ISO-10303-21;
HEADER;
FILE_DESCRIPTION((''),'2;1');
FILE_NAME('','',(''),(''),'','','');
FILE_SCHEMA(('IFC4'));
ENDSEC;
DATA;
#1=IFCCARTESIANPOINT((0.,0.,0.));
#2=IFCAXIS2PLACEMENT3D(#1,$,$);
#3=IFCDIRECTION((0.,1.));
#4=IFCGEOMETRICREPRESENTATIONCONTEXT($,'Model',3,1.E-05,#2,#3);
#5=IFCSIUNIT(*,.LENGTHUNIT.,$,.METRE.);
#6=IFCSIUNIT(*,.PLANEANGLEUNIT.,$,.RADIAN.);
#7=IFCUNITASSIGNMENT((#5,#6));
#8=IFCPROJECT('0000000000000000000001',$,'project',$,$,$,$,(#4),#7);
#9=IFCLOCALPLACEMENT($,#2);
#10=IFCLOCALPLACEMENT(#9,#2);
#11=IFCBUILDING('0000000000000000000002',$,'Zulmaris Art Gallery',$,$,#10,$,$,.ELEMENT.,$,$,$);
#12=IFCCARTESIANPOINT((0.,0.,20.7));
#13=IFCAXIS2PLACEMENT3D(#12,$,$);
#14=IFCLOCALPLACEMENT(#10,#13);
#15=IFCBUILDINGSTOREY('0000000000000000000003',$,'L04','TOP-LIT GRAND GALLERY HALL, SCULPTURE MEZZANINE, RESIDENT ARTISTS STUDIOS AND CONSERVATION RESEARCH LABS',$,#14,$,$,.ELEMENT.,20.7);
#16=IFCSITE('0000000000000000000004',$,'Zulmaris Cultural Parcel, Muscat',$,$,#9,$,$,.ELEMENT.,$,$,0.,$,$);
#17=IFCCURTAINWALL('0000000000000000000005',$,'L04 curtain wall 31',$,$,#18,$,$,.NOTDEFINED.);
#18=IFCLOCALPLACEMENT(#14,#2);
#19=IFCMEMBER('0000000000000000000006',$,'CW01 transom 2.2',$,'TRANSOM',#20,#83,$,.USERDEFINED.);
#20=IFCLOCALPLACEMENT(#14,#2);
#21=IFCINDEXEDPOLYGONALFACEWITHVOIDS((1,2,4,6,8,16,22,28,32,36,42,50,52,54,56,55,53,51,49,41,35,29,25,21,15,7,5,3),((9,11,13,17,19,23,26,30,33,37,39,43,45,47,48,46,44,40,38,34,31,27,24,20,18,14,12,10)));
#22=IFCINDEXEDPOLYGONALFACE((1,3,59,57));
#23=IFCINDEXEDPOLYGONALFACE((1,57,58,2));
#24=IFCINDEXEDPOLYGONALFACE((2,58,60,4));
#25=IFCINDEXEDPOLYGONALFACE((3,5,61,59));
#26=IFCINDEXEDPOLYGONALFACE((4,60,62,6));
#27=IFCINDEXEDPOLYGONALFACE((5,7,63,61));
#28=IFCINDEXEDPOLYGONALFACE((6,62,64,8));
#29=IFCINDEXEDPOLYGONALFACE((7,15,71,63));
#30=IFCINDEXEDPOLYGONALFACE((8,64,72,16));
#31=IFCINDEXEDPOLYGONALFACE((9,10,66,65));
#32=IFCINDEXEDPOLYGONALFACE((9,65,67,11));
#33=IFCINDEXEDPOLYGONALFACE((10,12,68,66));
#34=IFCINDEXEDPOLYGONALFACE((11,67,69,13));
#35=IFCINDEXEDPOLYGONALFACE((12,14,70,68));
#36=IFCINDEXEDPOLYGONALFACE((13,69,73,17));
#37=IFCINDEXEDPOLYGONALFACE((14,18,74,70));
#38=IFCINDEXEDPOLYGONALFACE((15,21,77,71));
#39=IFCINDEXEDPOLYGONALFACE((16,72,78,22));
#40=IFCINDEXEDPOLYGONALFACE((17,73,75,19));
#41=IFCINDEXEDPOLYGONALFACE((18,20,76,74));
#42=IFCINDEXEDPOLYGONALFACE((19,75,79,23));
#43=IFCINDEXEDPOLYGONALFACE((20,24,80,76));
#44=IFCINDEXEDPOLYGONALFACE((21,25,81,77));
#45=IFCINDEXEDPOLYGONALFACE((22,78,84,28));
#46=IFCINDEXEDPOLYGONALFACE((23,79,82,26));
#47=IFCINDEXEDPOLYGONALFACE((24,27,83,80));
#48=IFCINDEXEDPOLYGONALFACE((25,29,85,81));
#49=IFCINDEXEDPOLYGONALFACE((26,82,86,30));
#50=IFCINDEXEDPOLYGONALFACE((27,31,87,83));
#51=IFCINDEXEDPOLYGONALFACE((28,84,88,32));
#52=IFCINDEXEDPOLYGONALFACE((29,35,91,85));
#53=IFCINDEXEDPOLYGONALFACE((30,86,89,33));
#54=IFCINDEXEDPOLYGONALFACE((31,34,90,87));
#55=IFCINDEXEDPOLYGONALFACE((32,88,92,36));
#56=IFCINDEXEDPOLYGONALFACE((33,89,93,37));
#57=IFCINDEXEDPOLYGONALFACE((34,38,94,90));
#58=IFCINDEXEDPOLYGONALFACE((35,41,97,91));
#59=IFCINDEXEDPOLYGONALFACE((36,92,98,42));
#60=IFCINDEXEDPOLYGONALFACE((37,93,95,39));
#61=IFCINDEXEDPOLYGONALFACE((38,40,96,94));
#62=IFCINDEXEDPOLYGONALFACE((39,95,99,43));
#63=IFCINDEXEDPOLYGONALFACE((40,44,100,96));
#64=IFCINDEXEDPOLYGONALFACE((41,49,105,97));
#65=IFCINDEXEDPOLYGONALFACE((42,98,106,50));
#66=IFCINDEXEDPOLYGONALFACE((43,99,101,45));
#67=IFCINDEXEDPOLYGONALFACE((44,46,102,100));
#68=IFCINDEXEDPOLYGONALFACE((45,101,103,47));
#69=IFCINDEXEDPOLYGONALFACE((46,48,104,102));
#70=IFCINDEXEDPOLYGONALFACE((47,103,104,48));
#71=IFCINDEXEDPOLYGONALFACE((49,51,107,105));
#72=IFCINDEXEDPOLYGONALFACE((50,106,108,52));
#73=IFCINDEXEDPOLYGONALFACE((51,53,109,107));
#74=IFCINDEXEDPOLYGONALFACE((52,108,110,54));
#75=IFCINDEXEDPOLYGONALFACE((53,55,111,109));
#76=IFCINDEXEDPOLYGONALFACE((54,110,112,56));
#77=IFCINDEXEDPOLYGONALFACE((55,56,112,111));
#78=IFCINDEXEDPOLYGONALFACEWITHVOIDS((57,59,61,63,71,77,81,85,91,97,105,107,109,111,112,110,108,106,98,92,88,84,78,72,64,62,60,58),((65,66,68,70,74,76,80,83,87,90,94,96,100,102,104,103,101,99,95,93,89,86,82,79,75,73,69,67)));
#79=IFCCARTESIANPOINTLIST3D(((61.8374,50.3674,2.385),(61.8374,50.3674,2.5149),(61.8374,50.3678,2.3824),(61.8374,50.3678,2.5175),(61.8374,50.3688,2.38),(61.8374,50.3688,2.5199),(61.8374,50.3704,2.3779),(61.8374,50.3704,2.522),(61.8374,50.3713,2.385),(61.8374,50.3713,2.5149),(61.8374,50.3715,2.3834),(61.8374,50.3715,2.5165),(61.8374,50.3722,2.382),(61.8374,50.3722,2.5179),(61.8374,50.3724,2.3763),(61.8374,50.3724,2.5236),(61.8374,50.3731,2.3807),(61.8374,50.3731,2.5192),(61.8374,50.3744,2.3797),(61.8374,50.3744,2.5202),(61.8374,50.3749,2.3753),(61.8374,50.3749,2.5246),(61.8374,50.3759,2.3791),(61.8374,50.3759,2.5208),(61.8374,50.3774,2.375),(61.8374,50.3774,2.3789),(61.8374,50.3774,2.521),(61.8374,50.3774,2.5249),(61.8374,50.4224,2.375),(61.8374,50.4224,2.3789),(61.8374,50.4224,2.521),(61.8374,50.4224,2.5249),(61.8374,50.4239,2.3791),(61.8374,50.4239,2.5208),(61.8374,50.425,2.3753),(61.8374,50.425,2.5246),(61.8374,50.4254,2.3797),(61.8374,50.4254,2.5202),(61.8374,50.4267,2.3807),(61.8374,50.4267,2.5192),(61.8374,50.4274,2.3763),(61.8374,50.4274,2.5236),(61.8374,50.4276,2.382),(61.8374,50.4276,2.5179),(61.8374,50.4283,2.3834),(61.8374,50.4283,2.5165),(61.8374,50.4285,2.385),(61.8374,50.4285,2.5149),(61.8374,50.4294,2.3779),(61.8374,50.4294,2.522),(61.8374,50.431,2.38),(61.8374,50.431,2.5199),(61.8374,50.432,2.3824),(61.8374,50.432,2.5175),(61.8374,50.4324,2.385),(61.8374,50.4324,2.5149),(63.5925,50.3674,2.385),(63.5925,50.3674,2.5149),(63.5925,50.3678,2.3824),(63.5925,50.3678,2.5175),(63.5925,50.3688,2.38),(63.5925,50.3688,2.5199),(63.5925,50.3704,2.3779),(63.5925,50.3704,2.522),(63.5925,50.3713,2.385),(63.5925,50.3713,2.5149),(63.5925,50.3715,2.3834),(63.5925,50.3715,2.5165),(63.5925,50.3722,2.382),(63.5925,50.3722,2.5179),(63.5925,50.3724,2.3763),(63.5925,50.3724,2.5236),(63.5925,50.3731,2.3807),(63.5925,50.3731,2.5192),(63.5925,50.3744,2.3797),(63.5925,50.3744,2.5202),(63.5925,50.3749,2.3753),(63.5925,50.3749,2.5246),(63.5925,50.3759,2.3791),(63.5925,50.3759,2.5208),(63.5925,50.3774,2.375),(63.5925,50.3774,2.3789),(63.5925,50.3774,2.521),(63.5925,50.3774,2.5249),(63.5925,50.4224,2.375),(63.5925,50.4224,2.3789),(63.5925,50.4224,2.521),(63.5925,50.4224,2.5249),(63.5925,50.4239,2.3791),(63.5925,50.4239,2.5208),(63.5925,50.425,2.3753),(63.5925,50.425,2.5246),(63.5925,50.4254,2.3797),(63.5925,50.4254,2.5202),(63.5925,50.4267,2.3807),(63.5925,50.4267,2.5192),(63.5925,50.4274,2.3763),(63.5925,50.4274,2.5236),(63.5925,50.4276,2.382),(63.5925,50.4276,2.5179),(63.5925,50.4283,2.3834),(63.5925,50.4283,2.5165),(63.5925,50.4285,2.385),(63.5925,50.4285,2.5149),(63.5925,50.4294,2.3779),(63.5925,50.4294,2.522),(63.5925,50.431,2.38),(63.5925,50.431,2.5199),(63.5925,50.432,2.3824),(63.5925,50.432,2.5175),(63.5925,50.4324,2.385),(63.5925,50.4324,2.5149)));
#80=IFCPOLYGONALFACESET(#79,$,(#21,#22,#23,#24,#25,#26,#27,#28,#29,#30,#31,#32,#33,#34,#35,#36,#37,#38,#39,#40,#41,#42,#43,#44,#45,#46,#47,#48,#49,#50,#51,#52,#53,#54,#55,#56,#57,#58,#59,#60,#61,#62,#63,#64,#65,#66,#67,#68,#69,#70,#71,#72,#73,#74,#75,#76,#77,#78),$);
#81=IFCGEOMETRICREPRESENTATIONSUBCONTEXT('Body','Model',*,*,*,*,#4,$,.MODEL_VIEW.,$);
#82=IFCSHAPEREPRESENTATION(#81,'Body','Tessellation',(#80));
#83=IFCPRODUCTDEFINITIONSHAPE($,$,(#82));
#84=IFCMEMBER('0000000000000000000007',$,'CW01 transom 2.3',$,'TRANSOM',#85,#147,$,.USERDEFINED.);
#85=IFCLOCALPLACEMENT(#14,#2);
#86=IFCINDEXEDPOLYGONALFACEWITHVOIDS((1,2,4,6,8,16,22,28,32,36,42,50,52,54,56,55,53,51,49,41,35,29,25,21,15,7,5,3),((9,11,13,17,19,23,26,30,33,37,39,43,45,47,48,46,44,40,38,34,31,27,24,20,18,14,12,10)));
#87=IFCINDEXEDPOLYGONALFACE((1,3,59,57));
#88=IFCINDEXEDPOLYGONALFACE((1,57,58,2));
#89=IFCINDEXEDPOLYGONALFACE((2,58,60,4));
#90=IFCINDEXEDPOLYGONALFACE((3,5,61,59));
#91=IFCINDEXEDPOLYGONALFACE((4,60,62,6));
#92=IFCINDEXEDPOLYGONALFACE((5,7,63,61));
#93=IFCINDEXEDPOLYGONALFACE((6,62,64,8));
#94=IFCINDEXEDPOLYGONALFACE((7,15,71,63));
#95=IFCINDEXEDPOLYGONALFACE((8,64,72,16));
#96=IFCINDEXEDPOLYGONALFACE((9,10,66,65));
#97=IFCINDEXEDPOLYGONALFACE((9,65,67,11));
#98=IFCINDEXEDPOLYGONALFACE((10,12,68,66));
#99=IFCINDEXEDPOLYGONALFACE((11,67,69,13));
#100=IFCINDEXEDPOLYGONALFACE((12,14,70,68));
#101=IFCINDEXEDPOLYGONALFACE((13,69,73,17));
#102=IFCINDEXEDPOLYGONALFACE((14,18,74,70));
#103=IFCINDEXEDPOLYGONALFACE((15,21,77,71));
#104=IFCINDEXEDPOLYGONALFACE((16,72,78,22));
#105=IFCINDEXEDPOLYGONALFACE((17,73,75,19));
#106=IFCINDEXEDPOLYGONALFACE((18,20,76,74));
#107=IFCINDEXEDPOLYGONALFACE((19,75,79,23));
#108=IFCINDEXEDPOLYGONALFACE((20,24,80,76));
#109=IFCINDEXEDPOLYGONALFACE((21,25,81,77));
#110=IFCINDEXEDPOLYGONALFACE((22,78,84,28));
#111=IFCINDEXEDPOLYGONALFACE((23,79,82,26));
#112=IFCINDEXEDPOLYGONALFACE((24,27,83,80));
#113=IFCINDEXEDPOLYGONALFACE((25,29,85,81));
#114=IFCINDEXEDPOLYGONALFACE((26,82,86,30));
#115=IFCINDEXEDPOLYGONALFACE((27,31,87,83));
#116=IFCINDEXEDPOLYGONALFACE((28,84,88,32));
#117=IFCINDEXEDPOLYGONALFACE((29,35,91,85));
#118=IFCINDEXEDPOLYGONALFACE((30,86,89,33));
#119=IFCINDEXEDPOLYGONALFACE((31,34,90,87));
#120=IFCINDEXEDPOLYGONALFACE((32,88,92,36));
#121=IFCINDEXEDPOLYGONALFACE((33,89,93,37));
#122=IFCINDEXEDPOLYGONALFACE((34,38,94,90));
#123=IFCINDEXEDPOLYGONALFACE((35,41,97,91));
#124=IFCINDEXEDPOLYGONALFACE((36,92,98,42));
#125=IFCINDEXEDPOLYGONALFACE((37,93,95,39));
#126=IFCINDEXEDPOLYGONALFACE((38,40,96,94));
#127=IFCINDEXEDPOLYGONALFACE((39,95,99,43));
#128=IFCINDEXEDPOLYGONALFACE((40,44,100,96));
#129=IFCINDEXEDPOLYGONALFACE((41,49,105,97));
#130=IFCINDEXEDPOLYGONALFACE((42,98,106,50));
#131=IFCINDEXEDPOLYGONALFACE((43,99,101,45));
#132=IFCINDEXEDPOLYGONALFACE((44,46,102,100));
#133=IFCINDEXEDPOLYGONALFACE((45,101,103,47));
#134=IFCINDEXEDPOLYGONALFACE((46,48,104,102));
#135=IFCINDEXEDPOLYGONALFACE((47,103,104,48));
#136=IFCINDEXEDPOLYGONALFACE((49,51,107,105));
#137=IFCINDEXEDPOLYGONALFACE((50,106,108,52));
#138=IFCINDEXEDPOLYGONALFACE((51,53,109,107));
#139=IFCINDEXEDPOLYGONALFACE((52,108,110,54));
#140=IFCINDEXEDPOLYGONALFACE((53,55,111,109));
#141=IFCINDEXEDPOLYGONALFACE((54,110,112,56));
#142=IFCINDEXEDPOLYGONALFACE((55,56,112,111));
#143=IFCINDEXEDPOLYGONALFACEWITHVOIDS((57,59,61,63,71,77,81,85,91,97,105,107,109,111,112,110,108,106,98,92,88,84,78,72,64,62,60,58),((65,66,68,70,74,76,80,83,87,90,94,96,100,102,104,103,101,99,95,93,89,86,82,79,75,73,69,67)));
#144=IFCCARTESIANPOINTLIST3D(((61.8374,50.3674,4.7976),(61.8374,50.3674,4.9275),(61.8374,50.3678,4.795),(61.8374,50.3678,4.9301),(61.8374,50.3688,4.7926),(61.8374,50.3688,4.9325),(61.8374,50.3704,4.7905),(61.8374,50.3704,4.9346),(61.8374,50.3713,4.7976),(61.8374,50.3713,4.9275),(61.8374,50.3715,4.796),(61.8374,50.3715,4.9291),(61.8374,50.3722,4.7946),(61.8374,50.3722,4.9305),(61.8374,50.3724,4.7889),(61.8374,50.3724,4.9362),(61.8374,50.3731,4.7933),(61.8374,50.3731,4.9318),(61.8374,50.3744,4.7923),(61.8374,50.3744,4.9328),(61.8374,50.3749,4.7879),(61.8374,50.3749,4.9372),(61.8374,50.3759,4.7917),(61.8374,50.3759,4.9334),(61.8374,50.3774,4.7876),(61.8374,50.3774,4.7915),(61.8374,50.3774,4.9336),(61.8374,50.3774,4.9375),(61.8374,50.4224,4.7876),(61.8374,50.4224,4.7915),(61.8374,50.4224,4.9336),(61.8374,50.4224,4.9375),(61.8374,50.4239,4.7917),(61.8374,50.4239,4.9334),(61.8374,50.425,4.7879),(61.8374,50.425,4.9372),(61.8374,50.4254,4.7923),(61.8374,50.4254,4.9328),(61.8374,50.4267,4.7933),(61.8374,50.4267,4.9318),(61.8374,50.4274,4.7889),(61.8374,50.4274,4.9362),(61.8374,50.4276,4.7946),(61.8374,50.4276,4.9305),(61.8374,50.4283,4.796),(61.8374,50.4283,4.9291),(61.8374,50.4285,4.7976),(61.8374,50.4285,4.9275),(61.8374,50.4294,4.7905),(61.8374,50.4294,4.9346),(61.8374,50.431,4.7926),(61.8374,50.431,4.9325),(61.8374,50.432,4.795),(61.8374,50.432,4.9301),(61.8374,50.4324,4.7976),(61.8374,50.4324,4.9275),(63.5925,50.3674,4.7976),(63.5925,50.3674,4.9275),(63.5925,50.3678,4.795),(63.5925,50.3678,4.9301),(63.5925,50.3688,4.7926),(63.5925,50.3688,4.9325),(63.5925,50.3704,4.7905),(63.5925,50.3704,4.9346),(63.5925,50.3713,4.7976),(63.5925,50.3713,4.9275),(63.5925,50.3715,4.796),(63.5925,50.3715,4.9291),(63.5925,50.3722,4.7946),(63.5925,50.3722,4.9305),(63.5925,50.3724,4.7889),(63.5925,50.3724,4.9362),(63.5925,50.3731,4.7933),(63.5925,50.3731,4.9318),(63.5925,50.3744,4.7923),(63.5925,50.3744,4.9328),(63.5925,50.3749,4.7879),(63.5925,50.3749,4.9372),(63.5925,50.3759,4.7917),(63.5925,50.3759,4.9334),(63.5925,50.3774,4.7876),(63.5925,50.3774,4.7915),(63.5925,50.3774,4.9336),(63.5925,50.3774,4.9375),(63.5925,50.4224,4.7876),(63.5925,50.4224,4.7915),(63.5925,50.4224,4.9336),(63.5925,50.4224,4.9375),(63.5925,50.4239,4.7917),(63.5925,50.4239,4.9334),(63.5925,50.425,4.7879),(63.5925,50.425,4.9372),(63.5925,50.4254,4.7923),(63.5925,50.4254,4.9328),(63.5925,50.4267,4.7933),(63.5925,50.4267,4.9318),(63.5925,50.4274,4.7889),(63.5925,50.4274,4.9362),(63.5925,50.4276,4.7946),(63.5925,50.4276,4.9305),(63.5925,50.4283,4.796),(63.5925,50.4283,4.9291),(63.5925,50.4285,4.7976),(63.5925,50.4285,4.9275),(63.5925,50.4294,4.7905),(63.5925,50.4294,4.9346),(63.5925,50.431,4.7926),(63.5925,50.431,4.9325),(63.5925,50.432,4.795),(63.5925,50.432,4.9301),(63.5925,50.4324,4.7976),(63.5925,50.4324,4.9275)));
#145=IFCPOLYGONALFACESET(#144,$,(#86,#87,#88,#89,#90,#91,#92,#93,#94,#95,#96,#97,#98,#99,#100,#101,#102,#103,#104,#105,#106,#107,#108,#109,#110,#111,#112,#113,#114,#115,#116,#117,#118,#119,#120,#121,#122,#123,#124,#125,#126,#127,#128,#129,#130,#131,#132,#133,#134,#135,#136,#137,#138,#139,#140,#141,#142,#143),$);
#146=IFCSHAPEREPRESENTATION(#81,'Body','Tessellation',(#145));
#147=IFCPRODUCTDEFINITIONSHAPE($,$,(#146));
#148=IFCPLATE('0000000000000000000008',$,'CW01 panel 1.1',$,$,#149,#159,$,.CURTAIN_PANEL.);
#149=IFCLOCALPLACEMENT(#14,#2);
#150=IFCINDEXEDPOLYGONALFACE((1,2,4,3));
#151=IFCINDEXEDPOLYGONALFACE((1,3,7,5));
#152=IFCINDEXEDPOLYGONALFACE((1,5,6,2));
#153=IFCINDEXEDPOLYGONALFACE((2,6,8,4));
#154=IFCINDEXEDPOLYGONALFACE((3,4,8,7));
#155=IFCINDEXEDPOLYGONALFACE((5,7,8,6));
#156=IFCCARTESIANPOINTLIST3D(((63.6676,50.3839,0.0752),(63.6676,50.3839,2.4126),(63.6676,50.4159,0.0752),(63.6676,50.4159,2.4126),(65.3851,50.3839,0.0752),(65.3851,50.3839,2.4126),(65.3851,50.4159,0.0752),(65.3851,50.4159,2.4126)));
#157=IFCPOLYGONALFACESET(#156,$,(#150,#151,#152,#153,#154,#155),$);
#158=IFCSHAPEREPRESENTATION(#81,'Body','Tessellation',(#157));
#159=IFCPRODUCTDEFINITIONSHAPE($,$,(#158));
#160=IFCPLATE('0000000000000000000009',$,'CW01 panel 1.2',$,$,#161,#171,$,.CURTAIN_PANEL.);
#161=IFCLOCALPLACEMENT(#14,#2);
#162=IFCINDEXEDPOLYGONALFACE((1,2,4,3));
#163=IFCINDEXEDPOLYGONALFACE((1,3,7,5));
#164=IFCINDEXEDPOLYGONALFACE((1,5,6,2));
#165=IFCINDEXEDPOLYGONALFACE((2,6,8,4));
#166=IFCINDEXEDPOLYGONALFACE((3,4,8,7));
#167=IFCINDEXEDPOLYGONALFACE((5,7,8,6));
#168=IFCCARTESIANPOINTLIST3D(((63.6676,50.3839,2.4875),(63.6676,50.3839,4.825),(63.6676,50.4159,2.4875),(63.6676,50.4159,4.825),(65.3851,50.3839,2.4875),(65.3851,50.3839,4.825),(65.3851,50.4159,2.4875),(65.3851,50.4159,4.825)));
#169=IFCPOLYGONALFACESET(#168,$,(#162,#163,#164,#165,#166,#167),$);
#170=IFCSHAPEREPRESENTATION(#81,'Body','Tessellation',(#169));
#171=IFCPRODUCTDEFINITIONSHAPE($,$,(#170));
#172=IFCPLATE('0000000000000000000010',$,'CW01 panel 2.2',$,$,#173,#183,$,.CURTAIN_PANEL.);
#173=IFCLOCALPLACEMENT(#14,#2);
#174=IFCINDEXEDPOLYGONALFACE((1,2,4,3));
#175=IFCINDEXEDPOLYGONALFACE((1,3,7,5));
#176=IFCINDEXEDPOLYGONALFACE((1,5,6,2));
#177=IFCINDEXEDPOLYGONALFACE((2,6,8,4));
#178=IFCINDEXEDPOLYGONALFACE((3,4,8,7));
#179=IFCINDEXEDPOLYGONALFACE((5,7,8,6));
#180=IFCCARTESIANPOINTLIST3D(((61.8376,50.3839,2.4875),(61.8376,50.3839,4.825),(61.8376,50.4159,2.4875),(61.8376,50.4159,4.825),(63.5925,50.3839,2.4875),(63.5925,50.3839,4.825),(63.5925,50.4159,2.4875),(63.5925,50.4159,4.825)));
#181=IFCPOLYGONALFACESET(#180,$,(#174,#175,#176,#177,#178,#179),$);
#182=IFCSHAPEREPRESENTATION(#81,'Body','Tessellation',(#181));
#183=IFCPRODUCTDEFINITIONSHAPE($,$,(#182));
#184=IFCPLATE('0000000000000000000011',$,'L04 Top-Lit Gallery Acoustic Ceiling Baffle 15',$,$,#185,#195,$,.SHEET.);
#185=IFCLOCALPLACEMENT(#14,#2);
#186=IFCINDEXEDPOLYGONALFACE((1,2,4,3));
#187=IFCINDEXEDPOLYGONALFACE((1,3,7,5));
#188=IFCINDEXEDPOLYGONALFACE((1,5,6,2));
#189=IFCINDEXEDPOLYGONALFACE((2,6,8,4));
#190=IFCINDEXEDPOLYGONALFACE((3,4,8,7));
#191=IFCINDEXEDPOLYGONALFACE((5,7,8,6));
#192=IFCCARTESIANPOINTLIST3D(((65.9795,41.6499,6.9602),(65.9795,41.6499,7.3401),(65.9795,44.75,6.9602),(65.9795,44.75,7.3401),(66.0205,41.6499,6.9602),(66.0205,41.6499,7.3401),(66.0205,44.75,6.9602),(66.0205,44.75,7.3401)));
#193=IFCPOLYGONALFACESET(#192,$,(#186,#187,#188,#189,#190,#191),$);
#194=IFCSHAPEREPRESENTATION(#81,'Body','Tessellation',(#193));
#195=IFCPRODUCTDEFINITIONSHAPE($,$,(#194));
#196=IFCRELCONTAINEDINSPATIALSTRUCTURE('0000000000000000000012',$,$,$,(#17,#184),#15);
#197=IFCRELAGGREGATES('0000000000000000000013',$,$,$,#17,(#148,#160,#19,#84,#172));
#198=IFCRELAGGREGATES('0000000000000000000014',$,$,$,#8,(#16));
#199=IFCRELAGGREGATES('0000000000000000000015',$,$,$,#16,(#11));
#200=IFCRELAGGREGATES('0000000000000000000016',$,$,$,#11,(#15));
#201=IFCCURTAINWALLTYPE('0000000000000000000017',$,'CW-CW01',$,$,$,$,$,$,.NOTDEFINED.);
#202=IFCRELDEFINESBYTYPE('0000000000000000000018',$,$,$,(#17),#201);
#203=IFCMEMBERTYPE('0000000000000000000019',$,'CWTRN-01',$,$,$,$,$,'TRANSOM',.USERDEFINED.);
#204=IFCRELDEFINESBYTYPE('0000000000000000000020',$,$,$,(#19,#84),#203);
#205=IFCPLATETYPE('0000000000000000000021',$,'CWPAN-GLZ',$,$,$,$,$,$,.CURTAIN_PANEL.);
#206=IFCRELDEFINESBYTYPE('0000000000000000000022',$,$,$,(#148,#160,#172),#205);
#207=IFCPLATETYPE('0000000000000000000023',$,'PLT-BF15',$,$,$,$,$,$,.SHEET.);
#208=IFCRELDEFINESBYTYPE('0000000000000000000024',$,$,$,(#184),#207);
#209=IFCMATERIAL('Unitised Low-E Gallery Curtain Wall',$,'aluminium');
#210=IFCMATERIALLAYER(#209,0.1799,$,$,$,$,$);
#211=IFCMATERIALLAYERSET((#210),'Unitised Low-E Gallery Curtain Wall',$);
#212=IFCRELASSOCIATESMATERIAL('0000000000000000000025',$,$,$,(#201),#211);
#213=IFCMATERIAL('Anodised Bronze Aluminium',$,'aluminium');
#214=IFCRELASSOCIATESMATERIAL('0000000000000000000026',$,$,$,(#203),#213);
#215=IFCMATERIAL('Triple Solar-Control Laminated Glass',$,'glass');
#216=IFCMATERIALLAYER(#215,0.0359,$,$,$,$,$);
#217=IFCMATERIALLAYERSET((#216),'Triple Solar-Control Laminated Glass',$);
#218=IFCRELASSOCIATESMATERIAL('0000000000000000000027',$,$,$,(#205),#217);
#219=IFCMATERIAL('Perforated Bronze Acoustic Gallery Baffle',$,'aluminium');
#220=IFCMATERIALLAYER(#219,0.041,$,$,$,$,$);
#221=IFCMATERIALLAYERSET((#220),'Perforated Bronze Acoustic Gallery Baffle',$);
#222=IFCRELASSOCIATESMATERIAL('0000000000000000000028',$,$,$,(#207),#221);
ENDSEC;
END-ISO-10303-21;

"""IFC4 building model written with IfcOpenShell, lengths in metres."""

from ifc_helpers import new_model, si_unit, direction, frame, origin, origin_2d, place, context, subcontext, project, spatial, rectangle, hollow_rectangle, extrude, material, layer, layer_set, material_profile, profile_set, type_object, element, aggregate, save


model = new_model("IFC4")

# Units and contexts
model_context = context("Model", 3, precision=1e-05, world=origin(), true_north=direction((0.0, 1.0)))
body_context = subcontext(model_context, "Body", "Model", "MODEL_VIEW")
ifc_project = project(units=[si_unit("LENGTHUNIT", "METRE"), si_unit("PLANEANGLEUNIT", "RADIAN")], contexts=[model_context])

# Site, building, storey
site_placement = place(None, origin())
site = spatial("IfcSite", under=ifc_project, at=site_placement, Name="Zulmaris Cultural Parcel, Muscat", CompositionType="ELEMENT", RefElevation=0.0)
building_placement = place(site_placement, origin())
building = spatial("IfcBuilding", under=site, at=building_placement, Name="Zulmaris Art Gallery", CompositionType="ELEMENT")
storey_placement = place(building_placement, frame((0.0, 0.0, 20.7)))
storey = spatial("IfcBuildingStorey", under=building, at=storey_placement, Name="L04", Description="TOP-LIT GRAND GALLERY HALL, SCULPTURE MEZZANINE, RESIDENT ARTISTS STUDIOS AND CONSERVATION RESEARCH LABS", CompositionType="ELEMENT", Elevation=20.7)

# Curtain wall, members, plates
ifc_material_1 = material(Name="Unitised Low-E Gallery Curtain Wall", Category="aluminium")
ifc_layer_1 = layer(ifc_material_1, 0.1799)
ifc_layer_set_1 = layer_set([ifc_layer_1], Name="Unitised Low-E Gallery Curtain Wall")
curtain_wall_type = type_object("IfcCurtainWallType", Name="CW-CW01", PredefinedType="NOTDEFINED", material=ifc_layer_set_1)
curtain_wall_placement = place(storey_placement, origin())
curtain_wall = element("IfcCurtainWall", 1, at=curtain_wall_placement, inside=storey, type_object=curtain_wall_type, Name="L04 curtain wall 31", PredefinedType="NOTDEFINED")
ifc_material_2 = material(Name="Anodised Bronze Aluminium", Category="aluminium")
ifc_material_profile_1 = material_profile(ifc_material_2, hollow_rectangle(XDim=0.0649, YDim=0.1499, WallThickness=0.0039, InnerFilletRadius=0.0061, OuterFilletRadius=0.01, at=origin_2d()), Name="ALU 65x150x4")
ifc_profile_set_1 = profile_set([ifc_material_profile_1], Name="Anodised Bronze Aluminium")
member_type_1 = type_object("IfcMemberType", Name="CWTRN-01", ElementType="TRANSOM", PredefinedType="USERDEFINED", material=ifc_profile_set_1)
member_1_placement = place(storey_placement, frame((63.5925, 50.3999, 2.45), z_axis=(-1.0, 0.0, 0.0), x_axis=(0.0, -1.0, 0.0)))
member_1 = element("IfcMember", 2, at=member_1_placement, type_object=member_type_1, Name="CW01 transom 2.2", ObjectType="TRANSOM", PredefinedType="USERDEFINED", context=body_context, shape_type="SweptSolid", body=[
    extrude(hollow_rectangle(XDim=0.0649, YDim=0.1499, WallThickness=0.0039, InnerFilletRadius=0.0061, OuterFilletRadius=0.01, at=origin_2d()), origin(), (0.0, 0.0, 1.0), 1.7551),
])
member_2_placement = place(storey_placement, frame((63.5925, 50.3999, 4.8625), z_axis=(-1.0, 0.0, 0.0), x_axis=(0.0, -1.0, 0.0)))
member_2 = element("IfcMember", 3, at=member_2_placement, type_object=member_type_1, Name="CW01 transom 2.3", ObjectType="TRANSOM", PredefinedType="USERDEFINED", context=body_context, shape_type="SweptSolid", body=[
    extrude(hollow_rectangle(XDim=0.0649, YDim=0.1499, WallThickness=0.0039, InnerFilletRadius=0.0061, OuterFilletRadius=0.01, at=origin_2d()), origin(), (0.0, 0.0, 1.0), 1.7551),
])
ifc_material_3 = material(Name="Triple Solar-Control Laminated Glass", Category="glass")
ifc_layer_2 = layer(ifc_material_3, 0.0359)
ifc_layer_set_2 = layer_set([ifc_layer_2], Name="Triple Solar-Control Laminated Glass")
plate_type_1 = type_object("IfcPlateType", Name="CWPAN-GLZ", PredefinedType="CURTAIN_PANEL", material=ifc_layer_set_2)
plate_1_placement = place(storey_placement, frame((64.5264, 50.3999, 0.0752), z_axis=(0.0, 0.0, 1.0), x_axis=(-1.0, 0.0, 0.0)))
plate_1 = element("IfcPlate", 4, at=plate_1_placement, type_object=plate_type_1, Name="CW01 panel 1.1", PredefinedType="CURTAIN_PANEL", context=body_context, shape_type="SweptSolid", body=[
    extrude(rectangle(XDim=1.7175, YDim=0.032, at=origin_2d()), origin(), (0.0, 0.0, 1.0), 2.3374),
])
plate_2_placement = place(storey_placement, frame((64.5264, 50.3999, 2.4875), z_axis=(0.0, 0.0, 1.0), x_axis=(-1.0, 0.0, 0.0)))
plate_2 = element("IfcPlate", 5, at=plate_2_placement, type_object=plate_type_1, Name="CW01 panel 1.2", PredefinedType="CURTAIN_PANEL", context=body_context, shape_type="SweptSolid", body=[
    extrude(rectangle(XDim=1.7175, YDim=0.032, at=origin_2d()), origin(), (0.0, 0.0, 1.0), 2.3374),
])
plate_3_placement = place(storey_placement, frame((62.7151, 50.3999, 2.4875), z_axis=(0.0, 0.0, 1.0), x_axis=(-1.0, 0.0, 0.0)))
plate_3 = element("IfcPlate", 6, at=plate_3_placement, type_object=plate_type_1, Name="CW01 panel 2.2", PredefinedType="CURTAIN_PANEL", context=body_context, shape_type="SweptSolid", body=[
    extrude(rectangle(XDim=1.7549, YDim=0.032, at=origin_2d()), origin(), (0.0, 0.0, 1.0), 2.3374),
])
aggregate(curtain_wall, [plate_1, plate_2, member_1, member_2, plate_3])

# Plate
ifc_material_4 = material(Name="Perforated Bronze Acoustic Gallery Baffle", Category="aluminium")
ifc_layer_3 = layer(ifc_material_4, 0.041)
ifc_layer_set_3 = layer_set([ifc_layer_3], Name="Perforated Bronze Acoustic Gallery Baffle")
plate_type_2 = type_object("IfcPlateType", Name="PLT-BF15", PredefinedType="SHEET", material=ifc_layer_set_3)
plate_4_placement = place(storey_placement, frame((66.0, 43.2, 6.9602), z_axis=(0.0, 0.0, 1.0), x_axis=(1.0, 0.0, 0.0)))
element("IfcPlate", 7, at=plate_4_placement, inside=storey, type_object=plate_type_2, Name="L04 Top-Lit Gallery Acoustic Ceiling Baffle 15", PredefinedType="SHEET", context=body_context, shape_type="SweptSolid", body=[
    extrude(rectangle(XDim=0.041, YDim=3.1001, at=origin_2d()), origin(), (0.0, 0.0, 1.0), 0.3799),
])

save(model, "model.ifc")
